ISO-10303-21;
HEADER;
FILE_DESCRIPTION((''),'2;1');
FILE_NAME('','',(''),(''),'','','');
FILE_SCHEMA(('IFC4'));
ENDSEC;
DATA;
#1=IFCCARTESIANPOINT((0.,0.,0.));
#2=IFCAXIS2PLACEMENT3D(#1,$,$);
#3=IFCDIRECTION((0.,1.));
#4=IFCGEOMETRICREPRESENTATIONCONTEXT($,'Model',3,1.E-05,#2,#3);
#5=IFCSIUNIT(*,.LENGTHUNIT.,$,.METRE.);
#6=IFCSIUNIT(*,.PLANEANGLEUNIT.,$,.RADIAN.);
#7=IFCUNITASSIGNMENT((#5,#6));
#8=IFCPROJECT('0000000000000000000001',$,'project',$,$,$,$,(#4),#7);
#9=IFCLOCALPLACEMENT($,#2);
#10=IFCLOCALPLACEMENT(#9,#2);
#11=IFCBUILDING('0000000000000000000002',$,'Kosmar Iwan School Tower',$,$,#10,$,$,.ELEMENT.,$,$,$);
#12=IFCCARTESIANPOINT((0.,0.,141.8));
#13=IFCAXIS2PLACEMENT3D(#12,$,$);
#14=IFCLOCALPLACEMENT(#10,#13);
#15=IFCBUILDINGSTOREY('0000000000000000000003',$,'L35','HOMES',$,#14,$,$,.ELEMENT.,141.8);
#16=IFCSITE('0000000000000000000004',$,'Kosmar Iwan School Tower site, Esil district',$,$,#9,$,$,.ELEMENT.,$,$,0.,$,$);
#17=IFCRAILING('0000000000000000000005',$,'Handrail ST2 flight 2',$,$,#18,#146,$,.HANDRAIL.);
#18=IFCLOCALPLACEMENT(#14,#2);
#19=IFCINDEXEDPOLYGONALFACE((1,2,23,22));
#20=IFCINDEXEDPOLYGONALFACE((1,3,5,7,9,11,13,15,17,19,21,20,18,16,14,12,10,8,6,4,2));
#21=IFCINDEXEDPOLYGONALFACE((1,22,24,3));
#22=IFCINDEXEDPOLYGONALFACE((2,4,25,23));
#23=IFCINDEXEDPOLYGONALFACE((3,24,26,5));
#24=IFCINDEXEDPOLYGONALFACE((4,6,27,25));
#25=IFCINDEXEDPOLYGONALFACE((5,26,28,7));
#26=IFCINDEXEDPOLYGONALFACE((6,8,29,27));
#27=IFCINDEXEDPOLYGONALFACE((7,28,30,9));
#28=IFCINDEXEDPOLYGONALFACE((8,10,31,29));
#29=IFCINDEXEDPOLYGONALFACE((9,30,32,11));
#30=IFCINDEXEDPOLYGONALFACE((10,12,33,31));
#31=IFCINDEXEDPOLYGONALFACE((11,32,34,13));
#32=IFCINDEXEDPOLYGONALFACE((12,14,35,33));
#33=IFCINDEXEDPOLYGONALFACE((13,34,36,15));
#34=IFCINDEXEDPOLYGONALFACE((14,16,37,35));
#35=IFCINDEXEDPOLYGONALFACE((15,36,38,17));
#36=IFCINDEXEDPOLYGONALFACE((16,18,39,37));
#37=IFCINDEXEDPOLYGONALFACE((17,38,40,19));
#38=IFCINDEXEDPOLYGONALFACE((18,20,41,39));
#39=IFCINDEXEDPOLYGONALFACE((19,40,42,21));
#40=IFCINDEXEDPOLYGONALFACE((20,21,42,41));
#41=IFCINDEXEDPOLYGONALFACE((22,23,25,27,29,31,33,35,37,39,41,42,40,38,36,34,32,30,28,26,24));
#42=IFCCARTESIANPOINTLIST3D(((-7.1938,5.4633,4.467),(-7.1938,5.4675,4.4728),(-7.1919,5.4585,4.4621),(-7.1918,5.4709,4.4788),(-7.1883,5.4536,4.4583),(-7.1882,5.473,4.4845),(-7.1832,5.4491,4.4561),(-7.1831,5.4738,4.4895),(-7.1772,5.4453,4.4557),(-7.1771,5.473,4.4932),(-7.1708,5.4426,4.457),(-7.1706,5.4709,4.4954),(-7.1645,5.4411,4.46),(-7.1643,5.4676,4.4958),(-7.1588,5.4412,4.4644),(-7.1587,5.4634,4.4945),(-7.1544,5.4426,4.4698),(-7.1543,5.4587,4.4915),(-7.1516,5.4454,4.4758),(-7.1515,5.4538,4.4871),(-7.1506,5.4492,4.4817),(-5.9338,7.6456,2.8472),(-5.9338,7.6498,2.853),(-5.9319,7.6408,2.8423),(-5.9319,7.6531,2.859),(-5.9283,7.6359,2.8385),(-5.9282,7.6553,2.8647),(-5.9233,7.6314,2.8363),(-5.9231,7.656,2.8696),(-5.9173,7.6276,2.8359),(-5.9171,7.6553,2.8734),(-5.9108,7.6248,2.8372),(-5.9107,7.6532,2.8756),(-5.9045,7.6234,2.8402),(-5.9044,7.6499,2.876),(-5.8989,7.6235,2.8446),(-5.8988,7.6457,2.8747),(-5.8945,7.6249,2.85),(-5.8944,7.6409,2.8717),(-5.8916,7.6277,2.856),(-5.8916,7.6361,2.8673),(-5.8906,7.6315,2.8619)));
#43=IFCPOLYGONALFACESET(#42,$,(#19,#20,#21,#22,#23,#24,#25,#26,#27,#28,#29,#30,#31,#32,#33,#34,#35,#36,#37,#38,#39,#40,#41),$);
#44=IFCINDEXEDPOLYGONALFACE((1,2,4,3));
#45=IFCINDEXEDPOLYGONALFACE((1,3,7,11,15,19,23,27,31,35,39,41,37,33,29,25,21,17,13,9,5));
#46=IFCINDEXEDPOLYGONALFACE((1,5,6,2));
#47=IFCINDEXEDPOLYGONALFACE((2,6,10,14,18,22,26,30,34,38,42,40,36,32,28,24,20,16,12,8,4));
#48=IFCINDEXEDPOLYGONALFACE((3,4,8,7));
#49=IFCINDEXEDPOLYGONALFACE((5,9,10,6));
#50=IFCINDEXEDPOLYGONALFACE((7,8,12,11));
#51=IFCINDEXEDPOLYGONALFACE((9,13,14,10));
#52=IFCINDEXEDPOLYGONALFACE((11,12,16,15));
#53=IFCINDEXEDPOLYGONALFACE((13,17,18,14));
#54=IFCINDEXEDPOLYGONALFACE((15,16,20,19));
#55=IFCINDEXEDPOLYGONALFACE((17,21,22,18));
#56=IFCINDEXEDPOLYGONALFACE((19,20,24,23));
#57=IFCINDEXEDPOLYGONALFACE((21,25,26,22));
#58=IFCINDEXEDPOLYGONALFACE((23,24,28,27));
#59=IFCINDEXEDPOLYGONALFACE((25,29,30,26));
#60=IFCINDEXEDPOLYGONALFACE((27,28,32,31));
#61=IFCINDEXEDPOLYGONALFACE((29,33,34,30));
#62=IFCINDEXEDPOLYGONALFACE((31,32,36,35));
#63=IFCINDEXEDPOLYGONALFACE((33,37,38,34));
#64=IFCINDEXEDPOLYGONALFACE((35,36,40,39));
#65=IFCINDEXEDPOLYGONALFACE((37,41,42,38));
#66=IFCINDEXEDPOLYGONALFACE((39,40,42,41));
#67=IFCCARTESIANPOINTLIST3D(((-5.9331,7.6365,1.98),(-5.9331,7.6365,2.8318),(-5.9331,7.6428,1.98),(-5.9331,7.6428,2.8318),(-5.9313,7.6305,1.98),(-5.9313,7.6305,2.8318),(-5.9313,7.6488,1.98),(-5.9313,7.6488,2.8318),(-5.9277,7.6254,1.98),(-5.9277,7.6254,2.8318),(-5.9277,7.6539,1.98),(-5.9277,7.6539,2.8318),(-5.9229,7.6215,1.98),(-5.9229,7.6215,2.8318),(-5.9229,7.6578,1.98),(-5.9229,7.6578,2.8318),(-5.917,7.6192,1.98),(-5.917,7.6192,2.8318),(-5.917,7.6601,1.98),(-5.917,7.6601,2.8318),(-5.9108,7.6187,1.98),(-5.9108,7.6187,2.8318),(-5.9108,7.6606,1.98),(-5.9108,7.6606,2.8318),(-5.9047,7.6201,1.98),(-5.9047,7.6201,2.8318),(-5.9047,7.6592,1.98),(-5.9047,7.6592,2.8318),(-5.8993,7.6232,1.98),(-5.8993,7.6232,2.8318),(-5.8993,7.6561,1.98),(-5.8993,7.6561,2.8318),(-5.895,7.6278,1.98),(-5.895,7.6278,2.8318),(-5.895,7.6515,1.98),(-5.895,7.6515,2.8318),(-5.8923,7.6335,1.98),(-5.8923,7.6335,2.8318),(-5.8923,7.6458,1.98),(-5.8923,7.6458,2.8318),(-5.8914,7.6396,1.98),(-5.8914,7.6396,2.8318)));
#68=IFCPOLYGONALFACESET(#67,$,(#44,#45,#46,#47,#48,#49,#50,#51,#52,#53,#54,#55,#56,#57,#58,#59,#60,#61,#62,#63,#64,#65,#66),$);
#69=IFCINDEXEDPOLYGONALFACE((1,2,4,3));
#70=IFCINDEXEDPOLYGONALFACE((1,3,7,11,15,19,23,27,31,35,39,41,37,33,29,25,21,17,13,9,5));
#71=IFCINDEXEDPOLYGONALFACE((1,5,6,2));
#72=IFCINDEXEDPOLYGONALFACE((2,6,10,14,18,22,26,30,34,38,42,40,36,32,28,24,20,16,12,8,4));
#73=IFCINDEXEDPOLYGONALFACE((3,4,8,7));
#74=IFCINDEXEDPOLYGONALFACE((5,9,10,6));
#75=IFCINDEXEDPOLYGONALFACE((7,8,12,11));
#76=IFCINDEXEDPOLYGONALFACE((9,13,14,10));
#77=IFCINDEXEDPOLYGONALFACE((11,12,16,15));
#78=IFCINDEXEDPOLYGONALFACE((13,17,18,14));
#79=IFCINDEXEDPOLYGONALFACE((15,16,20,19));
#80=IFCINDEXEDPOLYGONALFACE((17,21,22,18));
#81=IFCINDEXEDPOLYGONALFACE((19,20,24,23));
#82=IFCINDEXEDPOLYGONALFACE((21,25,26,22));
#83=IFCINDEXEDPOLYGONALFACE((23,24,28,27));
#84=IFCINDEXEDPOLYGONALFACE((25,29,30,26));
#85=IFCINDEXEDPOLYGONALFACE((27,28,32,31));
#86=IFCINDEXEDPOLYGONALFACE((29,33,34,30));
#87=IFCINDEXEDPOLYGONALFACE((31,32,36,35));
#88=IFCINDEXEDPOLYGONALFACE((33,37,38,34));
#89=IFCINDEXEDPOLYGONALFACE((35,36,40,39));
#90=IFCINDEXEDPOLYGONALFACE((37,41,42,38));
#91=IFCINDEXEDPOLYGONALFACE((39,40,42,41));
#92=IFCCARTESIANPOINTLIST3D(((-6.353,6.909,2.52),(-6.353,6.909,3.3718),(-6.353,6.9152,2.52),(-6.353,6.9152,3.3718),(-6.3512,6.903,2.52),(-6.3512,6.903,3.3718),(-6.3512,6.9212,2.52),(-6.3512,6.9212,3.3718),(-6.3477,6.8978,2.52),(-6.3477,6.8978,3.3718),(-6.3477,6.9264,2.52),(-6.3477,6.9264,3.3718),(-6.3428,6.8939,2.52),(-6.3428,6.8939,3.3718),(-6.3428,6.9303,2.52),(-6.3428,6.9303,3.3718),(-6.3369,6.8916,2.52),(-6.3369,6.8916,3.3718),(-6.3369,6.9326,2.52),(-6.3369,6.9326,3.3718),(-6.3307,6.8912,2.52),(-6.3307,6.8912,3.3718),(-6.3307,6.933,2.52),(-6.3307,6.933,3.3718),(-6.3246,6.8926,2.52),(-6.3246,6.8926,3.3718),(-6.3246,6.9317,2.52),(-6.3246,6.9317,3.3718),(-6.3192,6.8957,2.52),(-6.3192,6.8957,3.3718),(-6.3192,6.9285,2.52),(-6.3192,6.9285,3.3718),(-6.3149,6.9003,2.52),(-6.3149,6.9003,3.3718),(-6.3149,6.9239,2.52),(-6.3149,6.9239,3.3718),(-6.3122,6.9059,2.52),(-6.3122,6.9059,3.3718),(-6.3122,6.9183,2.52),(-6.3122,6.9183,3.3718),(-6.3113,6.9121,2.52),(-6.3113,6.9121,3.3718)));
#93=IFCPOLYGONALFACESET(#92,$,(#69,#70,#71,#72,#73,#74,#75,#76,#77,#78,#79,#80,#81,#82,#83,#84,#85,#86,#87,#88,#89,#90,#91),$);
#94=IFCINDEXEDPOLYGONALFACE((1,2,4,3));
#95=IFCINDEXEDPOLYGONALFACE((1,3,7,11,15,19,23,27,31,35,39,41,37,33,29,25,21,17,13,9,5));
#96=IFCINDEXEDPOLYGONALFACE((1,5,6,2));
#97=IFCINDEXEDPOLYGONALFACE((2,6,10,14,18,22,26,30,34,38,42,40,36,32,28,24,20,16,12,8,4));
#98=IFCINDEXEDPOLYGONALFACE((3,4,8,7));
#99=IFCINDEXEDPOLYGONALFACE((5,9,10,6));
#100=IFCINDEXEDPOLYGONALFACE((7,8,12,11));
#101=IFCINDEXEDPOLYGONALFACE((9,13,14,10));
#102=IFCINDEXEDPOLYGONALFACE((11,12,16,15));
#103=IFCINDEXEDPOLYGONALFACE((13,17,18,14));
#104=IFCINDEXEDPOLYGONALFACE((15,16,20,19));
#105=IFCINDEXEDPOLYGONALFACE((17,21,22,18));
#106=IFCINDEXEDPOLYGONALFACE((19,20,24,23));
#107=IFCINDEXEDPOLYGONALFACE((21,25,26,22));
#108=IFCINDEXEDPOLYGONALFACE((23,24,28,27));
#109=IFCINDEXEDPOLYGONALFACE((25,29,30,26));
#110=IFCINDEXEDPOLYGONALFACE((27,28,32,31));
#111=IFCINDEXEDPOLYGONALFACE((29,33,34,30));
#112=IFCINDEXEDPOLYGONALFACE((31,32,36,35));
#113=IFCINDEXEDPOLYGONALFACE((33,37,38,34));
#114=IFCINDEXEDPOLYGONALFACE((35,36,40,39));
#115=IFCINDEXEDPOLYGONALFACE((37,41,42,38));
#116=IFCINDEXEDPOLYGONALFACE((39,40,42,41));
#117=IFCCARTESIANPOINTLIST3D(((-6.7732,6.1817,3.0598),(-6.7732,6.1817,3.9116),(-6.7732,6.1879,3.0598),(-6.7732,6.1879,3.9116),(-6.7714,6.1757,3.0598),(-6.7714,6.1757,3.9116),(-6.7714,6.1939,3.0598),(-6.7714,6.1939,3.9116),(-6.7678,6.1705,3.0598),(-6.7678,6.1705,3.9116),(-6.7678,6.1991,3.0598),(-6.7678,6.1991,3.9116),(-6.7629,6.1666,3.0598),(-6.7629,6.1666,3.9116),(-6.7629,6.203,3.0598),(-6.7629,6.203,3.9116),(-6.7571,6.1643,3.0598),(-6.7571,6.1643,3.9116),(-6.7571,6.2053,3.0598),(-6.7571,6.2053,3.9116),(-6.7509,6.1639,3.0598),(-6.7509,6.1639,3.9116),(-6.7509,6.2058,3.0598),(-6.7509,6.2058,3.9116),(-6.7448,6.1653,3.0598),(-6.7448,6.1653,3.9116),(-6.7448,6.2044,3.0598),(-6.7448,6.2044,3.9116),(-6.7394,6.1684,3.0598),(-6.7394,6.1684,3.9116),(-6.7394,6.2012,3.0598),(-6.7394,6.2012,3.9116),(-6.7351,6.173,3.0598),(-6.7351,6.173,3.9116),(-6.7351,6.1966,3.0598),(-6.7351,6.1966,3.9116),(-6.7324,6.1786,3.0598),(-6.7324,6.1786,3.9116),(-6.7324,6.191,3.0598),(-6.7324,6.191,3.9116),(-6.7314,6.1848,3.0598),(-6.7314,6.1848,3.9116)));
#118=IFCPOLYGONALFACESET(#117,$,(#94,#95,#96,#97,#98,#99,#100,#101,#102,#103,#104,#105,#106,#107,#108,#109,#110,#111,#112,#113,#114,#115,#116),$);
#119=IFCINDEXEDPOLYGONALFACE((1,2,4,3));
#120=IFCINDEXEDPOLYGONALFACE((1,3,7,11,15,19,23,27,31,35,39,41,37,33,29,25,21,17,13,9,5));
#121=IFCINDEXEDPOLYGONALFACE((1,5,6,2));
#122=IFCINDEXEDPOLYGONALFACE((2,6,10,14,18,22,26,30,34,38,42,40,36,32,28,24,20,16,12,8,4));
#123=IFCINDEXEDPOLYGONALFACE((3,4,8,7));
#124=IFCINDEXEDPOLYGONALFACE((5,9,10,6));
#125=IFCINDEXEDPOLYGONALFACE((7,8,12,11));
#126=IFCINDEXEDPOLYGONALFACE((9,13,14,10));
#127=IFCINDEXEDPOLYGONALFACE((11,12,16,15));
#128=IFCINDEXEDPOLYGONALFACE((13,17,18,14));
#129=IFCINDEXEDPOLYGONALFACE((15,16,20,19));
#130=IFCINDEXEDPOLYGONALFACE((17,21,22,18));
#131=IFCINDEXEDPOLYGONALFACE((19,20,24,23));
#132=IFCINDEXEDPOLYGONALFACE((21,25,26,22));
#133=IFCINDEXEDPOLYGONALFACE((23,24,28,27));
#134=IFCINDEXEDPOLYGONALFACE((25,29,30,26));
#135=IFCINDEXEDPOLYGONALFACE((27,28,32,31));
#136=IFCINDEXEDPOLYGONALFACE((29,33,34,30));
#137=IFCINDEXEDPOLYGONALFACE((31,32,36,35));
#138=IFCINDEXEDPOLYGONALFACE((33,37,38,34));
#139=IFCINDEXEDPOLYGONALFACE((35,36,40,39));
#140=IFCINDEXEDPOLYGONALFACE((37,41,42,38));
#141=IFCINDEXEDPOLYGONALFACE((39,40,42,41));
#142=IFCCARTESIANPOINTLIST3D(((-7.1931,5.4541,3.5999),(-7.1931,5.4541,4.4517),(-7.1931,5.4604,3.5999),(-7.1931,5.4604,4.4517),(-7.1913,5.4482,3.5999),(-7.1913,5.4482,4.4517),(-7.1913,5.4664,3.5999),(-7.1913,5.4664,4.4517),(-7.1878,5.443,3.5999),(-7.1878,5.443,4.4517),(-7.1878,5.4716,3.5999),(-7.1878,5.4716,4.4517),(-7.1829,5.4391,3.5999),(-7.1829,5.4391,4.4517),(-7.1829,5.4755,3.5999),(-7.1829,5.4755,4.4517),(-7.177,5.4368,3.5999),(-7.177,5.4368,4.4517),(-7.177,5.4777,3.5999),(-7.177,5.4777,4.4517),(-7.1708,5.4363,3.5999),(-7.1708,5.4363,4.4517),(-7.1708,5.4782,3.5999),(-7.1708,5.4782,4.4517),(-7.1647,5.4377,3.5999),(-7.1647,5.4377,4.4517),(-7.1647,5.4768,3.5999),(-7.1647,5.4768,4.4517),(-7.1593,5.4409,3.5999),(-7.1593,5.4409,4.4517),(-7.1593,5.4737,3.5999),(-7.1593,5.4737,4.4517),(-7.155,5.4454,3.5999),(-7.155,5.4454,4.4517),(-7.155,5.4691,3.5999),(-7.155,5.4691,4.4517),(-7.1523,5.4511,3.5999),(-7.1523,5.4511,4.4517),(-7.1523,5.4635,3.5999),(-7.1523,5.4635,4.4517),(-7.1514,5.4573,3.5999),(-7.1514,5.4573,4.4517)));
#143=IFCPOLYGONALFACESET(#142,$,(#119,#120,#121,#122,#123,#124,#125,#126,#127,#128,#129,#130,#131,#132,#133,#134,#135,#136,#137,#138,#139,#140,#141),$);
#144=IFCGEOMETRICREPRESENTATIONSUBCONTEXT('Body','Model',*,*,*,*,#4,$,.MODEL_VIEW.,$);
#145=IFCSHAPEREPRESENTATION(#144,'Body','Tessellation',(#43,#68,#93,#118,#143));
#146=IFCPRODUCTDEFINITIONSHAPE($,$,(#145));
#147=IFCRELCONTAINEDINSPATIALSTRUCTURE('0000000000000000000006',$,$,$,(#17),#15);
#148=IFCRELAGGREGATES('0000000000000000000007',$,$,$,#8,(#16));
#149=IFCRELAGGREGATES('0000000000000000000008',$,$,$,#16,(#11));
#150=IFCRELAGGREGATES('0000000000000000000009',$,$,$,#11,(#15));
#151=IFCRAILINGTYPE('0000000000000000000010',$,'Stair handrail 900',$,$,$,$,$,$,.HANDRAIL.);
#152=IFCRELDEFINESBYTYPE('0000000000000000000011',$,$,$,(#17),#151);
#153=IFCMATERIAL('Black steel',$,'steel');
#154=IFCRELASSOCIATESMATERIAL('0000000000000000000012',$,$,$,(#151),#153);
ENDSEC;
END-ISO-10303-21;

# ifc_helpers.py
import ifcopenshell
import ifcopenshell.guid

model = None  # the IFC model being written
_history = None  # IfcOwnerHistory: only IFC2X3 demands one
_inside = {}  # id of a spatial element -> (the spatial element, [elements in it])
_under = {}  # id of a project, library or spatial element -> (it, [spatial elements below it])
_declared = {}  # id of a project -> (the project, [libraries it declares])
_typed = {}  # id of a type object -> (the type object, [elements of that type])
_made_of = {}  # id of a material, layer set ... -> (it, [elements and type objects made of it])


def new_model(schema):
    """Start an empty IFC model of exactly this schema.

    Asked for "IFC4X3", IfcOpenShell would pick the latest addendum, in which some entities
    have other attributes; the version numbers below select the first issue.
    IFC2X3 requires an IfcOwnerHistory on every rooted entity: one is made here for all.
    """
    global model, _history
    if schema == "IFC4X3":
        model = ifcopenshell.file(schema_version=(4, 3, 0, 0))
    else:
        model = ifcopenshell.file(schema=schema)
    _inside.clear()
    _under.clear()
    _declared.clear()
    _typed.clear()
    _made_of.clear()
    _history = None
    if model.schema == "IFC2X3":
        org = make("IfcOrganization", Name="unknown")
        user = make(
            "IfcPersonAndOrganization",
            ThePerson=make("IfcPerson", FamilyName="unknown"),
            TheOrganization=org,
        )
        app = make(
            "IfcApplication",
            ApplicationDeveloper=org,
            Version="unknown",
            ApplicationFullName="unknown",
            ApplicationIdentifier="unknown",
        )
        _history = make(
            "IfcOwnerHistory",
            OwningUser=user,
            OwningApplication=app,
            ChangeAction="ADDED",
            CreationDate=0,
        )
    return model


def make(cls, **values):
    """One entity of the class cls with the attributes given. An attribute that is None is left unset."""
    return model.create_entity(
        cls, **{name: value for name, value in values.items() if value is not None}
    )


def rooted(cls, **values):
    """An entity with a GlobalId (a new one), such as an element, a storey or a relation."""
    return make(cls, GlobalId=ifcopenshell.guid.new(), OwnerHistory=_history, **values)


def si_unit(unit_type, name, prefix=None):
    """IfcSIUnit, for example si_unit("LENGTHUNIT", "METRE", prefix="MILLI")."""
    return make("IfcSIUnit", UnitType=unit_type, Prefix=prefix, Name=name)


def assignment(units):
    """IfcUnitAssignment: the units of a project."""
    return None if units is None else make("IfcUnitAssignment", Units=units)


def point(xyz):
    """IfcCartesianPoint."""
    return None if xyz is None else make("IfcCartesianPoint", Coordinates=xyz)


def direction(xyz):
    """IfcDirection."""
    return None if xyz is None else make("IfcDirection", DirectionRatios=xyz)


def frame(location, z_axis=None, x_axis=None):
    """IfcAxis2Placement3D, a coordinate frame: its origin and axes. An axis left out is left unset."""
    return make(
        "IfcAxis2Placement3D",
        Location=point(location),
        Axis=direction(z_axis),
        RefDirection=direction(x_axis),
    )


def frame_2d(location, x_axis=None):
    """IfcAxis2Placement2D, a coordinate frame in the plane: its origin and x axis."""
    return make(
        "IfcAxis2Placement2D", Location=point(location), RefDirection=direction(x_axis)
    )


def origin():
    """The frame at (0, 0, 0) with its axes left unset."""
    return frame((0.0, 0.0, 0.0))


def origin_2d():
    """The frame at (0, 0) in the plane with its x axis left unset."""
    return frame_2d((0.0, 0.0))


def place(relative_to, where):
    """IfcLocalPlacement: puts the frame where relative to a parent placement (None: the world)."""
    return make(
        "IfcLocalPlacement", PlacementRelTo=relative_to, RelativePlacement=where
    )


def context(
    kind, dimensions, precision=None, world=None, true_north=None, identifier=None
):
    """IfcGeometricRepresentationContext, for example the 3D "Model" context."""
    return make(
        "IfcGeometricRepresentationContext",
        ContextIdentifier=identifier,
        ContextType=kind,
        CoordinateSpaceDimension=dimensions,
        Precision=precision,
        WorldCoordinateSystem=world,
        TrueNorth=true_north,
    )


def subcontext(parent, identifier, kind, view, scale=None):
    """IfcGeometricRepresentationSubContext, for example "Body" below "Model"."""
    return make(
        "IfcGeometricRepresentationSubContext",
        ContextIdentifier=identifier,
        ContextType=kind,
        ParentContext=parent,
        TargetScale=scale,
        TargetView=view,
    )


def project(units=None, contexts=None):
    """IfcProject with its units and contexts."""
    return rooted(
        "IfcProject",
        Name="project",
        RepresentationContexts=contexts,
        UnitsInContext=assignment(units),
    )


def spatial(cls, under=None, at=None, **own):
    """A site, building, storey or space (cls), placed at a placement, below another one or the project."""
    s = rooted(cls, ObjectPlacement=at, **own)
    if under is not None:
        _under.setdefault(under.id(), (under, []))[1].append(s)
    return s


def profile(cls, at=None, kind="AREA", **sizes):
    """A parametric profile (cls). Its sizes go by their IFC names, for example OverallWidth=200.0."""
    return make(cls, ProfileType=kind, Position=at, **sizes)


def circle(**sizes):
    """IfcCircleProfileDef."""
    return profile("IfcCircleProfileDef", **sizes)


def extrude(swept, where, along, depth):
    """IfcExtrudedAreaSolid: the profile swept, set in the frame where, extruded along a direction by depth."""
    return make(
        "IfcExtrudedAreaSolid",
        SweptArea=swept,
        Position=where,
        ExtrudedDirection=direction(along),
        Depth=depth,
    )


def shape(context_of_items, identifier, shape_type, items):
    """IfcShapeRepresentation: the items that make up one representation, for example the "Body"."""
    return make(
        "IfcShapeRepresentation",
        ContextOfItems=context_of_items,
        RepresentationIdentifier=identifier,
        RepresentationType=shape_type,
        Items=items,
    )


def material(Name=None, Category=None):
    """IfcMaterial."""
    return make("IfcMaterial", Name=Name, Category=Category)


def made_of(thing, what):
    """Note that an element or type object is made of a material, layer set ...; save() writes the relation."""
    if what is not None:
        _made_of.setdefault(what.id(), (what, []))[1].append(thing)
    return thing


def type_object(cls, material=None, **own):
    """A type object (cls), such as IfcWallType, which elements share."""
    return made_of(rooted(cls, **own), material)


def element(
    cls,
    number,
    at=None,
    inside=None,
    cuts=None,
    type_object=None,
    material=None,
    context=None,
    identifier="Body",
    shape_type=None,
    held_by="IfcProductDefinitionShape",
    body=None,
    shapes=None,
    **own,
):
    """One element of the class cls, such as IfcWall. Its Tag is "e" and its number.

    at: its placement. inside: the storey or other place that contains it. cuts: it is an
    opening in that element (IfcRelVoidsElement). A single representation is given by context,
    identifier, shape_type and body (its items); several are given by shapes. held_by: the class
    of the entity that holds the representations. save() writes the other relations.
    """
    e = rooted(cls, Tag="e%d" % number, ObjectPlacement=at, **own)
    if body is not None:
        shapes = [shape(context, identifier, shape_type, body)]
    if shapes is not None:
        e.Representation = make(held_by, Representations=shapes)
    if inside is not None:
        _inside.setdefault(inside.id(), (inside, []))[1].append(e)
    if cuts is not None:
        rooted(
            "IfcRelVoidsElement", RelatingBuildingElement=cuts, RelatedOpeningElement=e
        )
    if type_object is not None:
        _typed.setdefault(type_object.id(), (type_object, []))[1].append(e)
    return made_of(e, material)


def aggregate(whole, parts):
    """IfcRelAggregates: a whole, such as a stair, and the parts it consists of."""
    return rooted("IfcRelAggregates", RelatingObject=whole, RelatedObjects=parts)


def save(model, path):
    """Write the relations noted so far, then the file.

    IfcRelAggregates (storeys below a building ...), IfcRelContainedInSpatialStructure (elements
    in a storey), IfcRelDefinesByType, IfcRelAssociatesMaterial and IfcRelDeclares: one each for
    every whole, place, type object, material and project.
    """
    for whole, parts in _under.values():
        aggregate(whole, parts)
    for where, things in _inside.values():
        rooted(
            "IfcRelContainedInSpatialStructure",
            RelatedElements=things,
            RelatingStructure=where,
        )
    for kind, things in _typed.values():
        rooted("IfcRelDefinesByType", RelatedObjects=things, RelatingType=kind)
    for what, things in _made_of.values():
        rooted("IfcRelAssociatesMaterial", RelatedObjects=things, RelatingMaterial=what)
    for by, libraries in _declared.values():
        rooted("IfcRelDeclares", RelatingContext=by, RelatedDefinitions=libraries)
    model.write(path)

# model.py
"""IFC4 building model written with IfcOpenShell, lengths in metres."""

from ifc_helpers import new_model, si_unit, direction, frame, origin, origin_2d, place, context, subcontext, project, spatial, circle, extrude, material, type_object, element, save


model = new_model("IFC4")

# Units and contexts
model_context = context("Model", 3, precision=1e-05, world=origin(), true_north=direction((0.0, 1.0)))
body_context = subcontext(model_context, "Body", "Model", "MODEL_VIEW")
ifc_project = project(units=[si_unit("LENGTHUNIT", "METRE"), si_unit("PLANEANGLEUNIT", "RADIAN")], contexts=[model_context])

# Site, building, storey
site_placement = place(None, origin())
site = spatial("IfcSite", under=ifc_project, at=site_placement, Name="Kosmar Iwan School Tower site, Esil district", CompositionType="ELEMENT", RefElevation=0.0)
building_placement = place(site_placement, origin())
building = spatial("IfcBuilding", under=site, at=building_placement, Name="Kosmar Iwan School Tower", CompositionType="ELEMENT")
storey_placement = place(building_placement, frame((0.0, 0.0, 141.8)))
storey = spatial("IfcBuildingStorey", under=building, at=storey_placement, Name="L35", Description="HOMES", CompositionType="ELEMENT", Elevation=141.8)

# Railing
ifc_material_1 = material(Name="Black steel", Category="steel")
railing_type = type_object("IfcRailingType", Name="Stair handrail 900", PredefinedType="HANDRAIL", material=ifc_material_1)
railing_1_placement = place(storey_placement, frame((-5.9124, 7.6396, 1.98)))
element("IfcRailing", 1, at=railing_1_placement, inside=storey, type_object=railing_type, Name="Handrail ST2 flight 2", PredefinedType="HANDRAIL", context=body_context, shape_type="SweptSolid", body=[
    extrude(circle(Radius=0.0239, at=origin_2d()), frame((0.0, 0.0, 0.876), z_axis=(-0.420603, -0.728496, 0.540728), x_axis=(0.866023, -0.500005, 0.0)), (0.0, 0.0, 1.0), 2.9956),
    extrude(circle(Radius=0.021, at=origin_2d()), origin(), (0.0, 0.0, 1.0), 0.8518),
    extrude(circle(Radius=0.021, at=origin_2d()), frame((-0.4199, -0.7275, 0.54)), (0.0, 0.0, 1.0), 0.8518),
    extrude(circle(Radius=0.021, at=origin_2d()), frame((-0.8401, -1.4548, 1.0798)), (0.0, 0.0, 1.0), 0.8518),
    extrude(circle(Radius=0.021, at=origin_2d()), frame((-1.26, -2.1824, 1.6199)), (0.0, 0.0, 1.0), 0.8518),
])

save(model, "model.ifc")
